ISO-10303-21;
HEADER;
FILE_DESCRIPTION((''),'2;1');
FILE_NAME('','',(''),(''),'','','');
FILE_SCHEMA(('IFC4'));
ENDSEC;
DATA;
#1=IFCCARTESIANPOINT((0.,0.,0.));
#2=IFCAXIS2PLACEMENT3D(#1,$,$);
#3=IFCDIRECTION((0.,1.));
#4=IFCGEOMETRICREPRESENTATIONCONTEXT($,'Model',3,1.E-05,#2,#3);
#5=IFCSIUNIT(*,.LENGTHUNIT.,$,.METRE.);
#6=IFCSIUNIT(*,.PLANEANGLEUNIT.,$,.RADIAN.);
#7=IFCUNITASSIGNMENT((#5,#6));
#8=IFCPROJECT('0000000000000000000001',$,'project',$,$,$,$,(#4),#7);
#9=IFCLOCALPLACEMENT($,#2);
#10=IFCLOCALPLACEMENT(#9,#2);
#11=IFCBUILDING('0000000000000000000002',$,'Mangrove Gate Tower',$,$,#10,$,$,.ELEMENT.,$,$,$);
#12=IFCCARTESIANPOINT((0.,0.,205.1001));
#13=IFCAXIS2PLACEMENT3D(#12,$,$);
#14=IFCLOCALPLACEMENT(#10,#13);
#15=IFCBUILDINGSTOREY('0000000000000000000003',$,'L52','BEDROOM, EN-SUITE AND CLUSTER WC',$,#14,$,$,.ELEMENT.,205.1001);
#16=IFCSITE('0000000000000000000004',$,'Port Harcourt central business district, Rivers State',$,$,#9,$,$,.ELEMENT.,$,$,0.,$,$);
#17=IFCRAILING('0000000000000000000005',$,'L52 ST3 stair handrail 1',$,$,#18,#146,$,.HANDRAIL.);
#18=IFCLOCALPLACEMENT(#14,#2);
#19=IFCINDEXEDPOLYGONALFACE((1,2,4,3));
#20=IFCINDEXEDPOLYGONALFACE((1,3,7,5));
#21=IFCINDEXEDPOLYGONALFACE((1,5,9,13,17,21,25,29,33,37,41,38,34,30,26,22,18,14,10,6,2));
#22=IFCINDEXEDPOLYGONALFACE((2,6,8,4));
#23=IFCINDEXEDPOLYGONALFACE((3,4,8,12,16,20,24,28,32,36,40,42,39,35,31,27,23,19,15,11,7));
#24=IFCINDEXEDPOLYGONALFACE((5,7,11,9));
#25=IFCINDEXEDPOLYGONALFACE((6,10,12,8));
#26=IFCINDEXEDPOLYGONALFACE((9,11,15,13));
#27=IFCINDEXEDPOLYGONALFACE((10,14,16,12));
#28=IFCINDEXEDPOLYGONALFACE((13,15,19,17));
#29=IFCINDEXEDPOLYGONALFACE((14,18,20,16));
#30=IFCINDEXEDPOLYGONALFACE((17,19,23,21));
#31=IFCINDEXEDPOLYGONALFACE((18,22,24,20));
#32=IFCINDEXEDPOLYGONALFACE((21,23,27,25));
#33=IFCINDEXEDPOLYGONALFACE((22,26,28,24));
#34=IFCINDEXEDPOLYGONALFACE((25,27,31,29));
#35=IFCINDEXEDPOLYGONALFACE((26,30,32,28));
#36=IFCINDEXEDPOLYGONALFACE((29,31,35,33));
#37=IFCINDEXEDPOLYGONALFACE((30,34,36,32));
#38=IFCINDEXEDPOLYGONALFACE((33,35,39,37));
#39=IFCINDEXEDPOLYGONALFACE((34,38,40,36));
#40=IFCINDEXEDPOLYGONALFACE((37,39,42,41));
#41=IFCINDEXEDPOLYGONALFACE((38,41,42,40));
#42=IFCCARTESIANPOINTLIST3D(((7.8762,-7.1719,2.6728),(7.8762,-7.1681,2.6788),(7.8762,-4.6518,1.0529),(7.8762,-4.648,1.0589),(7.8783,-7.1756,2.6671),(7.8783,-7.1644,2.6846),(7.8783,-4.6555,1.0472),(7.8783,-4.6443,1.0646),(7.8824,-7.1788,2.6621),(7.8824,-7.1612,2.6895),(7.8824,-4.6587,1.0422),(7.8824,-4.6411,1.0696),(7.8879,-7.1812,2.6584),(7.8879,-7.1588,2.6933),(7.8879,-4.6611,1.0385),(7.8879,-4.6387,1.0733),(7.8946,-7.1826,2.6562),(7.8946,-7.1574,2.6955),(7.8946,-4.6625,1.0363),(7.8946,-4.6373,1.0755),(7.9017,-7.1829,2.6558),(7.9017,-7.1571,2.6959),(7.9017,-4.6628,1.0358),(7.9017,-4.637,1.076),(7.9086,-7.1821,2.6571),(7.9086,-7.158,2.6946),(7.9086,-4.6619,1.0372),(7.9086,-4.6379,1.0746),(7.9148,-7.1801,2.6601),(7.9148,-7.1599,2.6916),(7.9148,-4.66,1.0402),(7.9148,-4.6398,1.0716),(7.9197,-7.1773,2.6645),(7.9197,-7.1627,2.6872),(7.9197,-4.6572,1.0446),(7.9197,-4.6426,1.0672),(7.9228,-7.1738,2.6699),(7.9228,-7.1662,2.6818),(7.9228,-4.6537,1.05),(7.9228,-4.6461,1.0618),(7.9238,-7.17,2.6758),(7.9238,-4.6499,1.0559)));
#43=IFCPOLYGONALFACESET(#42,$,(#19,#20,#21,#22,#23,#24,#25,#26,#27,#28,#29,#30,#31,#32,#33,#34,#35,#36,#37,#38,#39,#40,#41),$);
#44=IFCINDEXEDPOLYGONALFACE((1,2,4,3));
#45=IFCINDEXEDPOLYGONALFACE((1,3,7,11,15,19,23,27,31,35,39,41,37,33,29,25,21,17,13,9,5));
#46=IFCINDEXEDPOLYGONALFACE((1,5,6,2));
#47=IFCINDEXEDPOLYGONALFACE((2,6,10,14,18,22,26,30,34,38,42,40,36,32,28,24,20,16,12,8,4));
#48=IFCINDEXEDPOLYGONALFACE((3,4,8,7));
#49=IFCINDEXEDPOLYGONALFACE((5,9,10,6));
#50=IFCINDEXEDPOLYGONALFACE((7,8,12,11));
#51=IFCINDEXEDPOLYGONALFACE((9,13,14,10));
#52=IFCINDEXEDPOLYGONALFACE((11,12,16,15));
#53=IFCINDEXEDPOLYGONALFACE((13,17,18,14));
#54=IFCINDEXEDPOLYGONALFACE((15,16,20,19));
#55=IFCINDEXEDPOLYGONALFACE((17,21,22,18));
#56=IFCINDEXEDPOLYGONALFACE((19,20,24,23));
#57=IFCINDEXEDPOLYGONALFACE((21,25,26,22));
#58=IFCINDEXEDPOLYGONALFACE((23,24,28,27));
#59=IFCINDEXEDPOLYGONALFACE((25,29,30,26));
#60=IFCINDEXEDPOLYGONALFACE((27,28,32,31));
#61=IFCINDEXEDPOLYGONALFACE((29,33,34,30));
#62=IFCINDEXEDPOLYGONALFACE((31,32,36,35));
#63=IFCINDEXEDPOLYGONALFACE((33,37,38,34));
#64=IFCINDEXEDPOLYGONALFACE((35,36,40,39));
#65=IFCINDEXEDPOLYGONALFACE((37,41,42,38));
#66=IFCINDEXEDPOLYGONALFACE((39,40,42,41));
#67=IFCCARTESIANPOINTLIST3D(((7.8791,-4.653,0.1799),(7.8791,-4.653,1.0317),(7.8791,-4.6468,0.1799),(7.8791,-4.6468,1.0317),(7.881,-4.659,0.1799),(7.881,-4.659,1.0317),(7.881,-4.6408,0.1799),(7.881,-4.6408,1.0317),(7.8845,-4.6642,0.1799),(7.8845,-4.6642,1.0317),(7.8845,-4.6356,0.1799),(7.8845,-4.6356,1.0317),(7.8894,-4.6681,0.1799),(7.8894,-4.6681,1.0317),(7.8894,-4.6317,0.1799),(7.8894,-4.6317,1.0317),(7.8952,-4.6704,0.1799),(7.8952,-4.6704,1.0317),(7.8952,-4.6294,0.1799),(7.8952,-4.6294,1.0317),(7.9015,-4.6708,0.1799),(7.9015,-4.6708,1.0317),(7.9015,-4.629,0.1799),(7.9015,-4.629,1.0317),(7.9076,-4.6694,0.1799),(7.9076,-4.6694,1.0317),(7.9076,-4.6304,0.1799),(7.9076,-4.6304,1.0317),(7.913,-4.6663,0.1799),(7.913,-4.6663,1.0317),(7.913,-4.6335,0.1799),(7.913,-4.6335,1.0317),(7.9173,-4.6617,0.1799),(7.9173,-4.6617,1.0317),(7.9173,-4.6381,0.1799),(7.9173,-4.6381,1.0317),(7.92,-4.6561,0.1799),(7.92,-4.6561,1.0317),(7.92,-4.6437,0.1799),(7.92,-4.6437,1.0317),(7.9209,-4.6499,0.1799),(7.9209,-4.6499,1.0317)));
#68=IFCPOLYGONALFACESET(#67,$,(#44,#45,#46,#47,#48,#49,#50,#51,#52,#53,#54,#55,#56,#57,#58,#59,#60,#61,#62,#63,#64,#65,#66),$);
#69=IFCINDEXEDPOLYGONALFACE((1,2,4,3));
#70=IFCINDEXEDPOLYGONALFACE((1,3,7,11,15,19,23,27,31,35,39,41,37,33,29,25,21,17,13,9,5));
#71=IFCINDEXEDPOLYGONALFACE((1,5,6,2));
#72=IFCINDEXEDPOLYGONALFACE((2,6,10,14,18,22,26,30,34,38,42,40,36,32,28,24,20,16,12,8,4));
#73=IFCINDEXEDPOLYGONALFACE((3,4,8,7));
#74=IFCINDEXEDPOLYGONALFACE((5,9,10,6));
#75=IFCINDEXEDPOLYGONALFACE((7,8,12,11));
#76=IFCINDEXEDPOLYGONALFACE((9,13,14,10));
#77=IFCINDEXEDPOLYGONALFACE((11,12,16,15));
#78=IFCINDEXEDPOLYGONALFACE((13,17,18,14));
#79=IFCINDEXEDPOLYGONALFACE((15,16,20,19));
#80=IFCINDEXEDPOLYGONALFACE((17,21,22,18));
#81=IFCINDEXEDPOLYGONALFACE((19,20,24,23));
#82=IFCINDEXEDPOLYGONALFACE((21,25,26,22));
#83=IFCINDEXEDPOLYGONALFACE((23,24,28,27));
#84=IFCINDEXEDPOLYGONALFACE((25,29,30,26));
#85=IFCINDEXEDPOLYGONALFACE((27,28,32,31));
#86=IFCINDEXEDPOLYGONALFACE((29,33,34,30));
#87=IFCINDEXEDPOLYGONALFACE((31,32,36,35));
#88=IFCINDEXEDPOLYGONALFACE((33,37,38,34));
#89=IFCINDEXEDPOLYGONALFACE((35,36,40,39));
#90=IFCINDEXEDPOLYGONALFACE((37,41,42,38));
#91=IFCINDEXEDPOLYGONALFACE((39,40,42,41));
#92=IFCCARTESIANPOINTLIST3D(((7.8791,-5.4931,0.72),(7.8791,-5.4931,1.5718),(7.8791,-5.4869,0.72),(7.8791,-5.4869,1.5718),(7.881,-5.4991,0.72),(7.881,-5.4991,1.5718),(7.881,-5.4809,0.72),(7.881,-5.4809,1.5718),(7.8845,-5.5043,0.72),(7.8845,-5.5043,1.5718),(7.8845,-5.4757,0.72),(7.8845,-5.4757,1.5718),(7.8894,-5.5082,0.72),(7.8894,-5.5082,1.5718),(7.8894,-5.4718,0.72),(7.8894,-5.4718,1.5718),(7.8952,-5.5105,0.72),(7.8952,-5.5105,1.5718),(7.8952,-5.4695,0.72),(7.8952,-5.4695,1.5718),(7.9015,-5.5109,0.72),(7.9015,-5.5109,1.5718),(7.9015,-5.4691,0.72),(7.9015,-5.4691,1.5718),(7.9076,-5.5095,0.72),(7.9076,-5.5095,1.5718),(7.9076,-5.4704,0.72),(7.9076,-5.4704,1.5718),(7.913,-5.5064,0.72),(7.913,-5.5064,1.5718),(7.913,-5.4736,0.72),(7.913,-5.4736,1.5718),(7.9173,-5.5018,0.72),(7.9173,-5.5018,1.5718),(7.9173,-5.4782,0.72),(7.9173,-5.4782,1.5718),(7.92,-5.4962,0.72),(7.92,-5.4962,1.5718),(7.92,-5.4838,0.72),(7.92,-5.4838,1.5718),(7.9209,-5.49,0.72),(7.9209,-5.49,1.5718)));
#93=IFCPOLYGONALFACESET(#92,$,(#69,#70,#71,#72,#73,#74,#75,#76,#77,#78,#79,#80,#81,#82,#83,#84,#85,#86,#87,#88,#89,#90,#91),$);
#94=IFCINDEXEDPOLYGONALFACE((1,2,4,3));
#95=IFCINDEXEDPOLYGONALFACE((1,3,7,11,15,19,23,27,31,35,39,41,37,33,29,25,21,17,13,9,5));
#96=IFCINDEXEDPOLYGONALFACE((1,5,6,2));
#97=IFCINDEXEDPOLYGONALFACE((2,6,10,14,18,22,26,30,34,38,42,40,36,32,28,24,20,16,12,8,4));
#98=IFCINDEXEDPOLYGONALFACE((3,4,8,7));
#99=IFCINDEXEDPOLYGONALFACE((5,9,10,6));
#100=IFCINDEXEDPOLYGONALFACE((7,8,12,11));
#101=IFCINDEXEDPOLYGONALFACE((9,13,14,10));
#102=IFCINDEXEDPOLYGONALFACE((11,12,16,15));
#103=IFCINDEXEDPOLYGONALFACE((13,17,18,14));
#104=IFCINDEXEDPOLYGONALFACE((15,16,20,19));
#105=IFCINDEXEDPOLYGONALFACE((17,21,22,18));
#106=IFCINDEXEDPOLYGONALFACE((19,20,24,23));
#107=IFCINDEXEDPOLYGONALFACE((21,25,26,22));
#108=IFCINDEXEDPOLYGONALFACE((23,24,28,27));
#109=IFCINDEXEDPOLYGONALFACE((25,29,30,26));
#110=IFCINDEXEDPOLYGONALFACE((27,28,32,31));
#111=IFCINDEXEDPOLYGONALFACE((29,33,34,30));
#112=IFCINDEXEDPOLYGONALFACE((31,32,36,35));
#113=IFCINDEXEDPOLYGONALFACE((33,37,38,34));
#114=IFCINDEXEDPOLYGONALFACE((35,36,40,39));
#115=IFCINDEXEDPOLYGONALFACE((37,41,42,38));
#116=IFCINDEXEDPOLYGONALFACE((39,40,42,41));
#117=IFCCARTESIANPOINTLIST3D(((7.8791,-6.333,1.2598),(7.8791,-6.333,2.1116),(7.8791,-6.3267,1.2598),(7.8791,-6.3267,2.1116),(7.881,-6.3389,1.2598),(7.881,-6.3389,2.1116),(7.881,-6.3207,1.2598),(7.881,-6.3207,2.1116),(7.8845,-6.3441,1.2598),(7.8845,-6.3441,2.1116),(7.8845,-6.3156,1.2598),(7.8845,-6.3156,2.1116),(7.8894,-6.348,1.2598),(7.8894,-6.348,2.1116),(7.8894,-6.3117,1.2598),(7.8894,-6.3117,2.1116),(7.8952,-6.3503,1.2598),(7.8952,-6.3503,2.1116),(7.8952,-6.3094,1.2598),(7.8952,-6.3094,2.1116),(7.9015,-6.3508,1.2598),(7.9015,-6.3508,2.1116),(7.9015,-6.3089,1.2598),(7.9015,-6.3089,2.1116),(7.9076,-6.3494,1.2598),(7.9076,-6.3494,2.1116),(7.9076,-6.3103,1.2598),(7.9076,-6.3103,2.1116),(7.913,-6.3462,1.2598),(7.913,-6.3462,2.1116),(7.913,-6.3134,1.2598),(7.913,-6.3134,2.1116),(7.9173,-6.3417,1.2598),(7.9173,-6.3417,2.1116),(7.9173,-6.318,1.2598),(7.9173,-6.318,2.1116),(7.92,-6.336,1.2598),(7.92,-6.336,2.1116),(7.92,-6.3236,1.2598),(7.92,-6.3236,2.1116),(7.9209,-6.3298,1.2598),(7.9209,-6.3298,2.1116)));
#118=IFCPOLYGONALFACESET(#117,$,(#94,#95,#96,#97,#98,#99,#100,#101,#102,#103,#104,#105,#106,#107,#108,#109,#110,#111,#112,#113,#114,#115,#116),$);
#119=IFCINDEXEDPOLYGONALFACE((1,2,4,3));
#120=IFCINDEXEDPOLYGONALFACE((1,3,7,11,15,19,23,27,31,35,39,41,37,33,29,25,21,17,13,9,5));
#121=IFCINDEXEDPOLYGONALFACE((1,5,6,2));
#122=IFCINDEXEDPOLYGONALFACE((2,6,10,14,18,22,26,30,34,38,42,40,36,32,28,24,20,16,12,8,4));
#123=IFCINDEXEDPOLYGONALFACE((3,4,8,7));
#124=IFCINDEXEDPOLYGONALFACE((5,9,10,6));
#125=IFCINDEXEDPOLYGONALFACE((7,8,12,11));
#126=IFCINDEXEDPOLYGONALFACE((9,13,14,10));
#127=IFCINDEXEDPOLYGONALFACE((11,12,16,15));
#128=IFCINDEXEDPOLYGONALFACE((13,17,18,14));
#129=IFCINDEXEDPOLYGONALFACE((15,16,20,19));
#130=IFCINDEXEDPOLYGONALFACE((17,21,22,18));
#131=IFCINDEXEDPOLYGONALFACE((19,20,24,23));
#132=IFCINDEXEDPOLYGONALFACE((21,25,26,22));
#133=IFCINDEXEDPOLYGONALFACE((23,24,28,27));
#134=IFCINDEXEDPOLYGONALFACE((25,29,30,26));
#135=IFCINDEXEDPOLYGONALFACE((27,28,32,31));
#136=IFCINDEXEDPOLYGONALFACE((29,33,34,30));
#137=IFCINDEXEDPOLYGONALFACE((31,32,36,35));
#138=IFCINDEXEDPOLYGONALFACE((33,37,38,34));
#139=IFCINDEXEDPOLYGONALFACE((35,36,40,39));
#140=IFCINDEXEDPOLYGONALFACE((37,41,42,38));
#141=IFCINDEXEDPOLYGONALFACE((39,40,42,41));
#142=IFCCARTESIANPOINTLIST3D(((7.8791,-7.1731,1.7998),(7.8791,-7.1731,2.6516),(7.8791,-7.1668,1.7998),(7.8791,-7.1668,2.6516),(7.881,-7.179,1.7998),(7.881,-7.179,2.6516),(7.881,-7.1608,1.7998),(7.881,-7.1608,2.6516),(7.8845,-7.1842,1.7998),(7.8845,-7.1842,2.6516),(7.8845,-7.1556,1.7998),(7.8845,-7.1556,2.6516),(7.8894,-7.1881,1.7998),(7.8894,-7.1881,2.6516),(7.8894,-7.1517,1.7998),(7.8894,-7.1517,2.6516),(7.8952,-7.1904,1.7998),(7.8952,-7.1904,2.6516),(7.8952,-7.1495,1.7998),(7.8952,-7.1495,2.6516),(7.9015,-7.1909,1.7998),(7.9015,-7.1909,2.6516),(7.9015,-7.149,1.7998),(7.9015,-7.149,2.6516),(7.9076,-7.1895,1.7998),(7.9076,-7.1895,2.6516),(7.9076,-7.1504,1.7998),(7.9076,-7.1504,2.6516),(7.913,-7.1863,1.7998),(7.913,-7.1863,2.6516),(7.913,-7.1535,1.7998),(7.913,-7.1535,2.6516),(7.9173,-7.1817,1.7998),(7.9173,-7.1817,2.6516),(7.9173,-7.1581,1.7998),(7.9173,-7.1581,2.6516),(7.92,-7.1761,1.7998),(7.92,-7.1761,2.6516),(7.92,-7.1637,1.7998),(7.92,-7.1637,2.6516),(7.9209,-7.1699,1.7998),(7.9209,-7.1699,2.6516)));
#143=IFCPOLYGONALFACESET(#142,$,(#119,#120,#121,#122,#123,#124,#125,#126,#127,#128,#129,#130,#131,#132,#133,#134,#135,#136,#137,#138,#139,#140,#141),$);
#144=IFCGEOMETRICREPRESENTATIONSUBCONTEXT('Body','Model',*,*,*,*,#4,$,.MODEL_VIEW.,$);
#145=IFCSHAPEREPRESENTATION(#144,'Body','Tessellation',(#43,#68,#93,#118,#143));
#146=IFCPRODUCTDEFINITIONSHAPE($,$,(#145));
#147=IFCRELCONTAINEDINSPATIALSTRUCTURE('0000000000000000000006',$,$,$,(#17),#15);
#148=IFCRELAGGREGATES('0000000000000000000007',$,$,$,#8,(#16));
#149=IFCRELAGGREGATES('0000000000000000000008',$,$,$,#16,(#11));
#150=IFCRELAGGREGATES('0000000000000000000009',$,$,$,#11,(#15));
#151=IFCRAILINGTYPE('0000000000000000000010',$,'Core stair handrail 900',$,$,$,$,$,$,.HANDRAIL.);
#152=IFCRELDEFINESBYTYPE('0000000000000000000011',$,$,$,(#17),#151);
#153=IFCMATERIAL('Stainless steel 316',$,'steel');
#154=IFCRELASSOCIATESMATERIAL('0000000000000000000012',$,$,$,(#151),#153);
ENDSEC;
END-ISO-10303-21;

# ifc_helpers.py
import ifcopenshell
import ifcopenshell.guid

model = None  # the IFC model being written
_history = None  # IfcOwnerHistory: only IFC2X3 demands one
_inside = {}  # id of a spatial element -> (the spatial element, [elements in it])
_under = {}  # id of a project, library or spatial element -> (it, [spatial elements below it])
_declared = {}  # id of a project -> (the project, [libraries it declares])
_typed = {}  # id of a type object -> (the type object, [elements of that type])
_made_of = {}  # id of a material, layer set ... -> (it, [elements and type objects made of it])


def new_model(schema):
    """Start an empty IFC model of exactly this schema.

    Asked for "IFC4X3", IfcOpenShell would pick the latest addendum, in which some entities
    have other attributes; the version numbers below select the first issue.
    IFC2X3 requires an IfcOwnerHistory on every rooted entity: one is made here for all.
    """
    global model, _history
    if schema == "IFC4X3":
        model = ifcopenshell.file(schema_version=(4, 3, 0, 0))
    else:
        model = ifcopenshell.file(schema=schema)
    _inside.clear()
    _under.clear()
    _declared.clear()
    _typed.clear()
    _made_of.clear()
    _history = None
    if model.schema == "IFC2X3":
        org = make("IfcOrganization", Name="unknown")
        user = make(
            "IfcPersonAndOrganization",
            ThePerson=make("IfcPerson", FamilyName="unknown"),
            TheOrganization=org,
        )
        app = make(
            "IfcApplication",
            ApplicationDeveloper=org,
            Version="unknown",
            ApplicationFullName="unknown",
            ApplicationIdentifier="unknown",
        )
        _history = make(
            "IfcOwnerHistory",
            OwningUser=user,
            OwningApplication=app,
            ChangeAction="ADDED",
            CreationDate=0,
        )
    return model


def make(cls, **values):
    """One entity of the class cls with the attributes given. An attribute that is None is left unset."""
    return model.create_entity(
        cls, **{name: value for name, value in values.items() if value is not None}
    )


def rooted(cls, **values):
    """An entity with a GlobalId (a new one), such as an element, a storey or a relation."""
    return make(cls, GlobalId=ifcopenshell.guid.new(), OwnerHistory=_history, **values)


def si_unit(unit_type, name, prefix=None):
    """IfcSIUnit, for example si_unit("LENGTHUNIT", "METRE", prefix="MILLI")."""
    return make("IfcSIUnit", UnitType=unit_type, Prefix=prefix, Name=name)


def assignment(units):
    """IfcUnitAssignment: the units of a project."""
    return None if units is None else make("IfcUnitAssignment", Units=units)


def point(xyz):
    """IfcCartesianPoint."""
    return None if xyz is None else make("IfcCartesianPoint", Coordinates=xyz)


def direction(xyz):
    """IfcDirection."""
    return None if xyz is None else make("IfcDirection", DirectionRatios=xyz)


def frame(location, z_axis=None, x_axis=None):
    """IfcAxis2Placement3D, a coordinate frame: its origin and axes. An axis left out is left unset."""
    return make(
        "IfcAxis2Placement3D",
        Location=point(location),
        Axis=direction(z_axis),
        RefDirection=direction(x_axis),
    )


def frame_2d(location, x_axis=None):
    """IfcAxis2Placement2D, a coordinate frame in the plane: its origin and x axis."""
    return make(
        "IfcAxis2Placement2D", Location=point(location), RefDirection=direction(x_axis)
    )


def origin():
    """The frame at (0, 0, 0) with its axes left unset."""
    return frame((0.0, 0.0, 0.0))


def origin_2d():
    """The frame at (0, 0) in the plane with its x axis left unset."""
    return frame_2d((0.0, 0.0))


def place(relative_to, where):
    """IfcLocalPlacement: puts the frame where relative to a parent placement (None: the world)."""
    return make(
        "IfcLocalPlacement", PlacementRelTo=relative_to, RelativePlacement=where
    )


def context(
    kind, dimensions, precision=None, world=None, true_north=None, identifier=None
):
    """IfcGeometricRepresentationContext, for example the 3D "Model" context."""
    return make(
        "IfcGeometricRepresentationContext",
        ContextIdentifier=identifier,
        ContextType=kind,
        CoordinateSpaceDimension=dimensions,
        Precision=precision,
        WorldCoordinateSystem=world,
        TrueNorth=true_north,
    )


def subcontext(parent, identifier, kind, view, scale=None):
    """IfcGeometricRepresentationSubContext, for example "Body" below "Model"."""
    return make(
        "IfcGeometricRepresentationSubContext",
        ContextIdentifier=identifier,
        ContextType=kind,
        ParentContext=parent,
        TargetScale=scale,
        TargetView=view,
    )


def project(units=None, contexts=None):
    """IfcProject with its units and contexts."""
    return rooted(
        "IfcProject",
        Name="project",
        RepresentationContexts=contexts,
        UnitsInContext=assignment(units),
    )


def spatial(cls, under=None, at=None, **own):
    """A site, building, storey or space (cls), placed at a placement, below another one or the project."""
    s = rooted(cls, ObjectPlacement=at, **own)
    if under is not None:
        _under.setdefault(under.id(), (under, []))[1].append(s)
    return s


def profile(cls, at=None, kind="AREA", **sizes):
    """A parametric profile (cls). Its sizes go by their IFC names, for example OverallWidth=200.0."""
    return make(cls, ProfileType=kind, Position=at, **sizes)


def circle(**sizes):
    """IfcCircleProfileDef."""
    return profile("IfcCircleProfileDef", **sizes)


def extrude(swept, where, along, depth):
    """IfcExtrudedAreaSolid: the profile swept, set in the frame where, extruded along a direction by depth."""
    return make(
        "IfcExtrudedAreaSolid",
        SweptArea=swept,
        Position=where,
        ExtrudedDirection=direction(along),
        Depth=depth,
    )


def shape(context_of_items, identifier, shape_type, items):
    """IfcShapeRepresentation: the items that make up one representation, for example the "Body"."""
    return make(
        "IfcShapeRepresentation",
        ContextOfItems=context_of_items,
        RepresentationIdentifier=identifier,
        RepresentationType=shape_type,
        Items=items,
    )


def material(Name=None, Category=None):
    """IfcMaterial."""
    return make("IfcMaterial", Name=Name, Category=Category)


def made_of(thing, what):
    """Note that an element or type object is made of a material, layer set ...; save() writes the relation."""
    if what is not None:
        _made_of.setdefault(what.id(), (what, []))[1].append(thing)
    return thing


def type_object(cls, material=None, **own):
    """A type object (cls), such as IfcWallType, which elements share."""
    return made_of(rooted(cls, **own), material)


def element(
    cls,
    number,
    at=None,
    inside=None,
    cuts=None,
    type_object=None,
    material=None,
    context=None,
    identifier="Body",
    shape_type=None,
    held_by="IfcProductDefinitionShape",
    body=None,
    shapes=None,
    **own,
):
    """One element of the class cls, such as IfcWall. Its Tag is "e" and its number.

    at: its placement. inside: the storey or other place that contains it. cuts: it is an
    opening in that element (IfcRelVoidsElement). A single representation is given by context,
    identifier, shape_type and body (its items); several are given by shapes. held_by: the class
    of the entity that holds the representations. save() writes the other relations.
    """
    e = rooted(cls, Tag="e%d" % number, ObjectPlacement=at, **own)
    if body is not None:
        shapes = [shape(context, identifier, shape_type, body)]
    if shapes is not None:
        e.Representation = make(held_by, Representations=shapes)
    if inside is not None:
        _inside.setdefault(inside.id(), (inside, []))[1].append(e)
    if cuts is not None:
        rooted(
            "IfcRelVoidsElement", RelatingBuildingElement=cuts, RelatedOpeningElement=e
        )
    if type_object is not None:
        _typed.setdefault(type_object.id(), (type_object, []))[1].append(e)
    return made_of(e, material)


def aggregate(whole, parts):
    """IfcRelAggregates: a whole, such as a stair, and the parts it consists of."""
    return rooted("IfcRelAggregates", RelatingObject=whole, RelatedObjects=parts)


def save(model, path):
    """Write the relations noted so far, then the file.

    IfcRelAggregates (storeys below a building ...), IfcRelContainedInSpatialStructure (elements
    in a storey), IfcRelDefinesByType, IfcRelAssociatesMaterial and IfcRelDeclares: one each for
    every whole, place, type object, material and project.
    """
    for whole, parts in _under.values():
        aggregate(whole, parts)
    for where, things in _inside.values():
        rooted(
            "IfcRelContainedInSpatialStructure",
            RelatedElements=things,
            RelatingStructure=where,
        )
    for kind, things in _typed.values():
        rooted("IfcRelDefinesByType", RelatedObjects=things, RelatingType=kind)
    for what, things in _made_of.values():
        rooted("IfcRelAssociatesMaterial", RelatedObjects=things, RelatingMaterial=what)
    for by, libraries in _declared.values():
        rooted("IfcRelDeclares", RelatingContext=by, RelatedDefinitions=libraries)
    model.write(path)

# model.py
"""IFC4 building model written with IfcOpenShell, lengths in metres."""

from ifc_helpers import new_model, si_unit, direction, frame, origin, origin_2d, place, context, subcontext, project, spatial, circle, extrude, material, type_object, element, save


model = new_model("IFC4")

# Units and contexts
model_context = context("Model", 3, precision=1e-05, world=origin(), true_north=direction((0.0, 1.0)))
body_context = subcontext(model_context, "Body", "Model", "MODEL_VIEW")
ifc_project = project(units=[si_unit("LENGTHUNIT", "METRE"), si_unit("PLANEANGLEUNIT", "RADIAN")], contexts=[model_context])

# Site, building, storey
site_placement = place(None, origin())
site = spatial("IfcSite", under=ifc_project, at=site_placement, Name="Port Harcourt central business district, Rivers State", CompositionType="ELEMENT", RefElevation=0.0)
building_placement = place(site_placement, origin())
building = spatial("IfcBuilding", under=site, at=building_placement, Name="Mangrove Gate Tower", CompositionType="ELEMENT")
storey_placement = place(building_placement, frame((0.0, 0.0, 205.1001)))
storey = spatial("IfcBuildingStorey", under=building, at=storey_placement, Name="L52", Description="BEDROOM, EN-SUITE AND CLUSTER WC", CompositionType="ELEMENT", Elevation=205.1001)

# Railing
ifc_material_1 = material(Name="Stainless steel 316", Category="steel")
railing_type_1 = type_object("IfcRailingType", Name="Core stair handrail 900", PredefinedType="HANDRAIL", material=ifc_material_1)
railing_1_placement = place(storey_placement, frame((7.8999, -4.6499, 0.1799)))
element("IfcRailing", 1, at=railing_1_placement, inside=storey, type_object=railing_type_1, Name="L52 ST3 stair handrail 1", PredefinedType="HANDRAIL", context=body_context, shape_type="SweptSolid", body=[
    extrude(circle(Radius=0.0239, at=origin_2d()), frame((0.0, 0.0, 0.876), z_axis=(0.0, -0.8412, 0.540725), x_axis=(1.0, 0.0, 0.0)), (0.0, 0.0, 1.0), 2.9958),
    extrude(circle(Radius=0.021, at=origin_2d()), origin(), (0.0, 0.0, 1.0), 0.8518),
    extrude(circle(Radius=0.021, at=origin_2d()), frame((0.0, -0.8401, 0.54)), (0.0, 0.0, 1.0), 0.8518),
    extrude(circle(Radius=0.021, at=origin_2d()), frame((0.0, -1.6799, 1.0798)), (0.0, 0.0, 1.0), 0.8518),
    extrude(circle(Radius=0.021, at=origin_2d()), frame((0.0, -2.52, 1.6199)), (0.0, 0.0, 1.0), 0.8518),
])

save(model, "model.ifc")
